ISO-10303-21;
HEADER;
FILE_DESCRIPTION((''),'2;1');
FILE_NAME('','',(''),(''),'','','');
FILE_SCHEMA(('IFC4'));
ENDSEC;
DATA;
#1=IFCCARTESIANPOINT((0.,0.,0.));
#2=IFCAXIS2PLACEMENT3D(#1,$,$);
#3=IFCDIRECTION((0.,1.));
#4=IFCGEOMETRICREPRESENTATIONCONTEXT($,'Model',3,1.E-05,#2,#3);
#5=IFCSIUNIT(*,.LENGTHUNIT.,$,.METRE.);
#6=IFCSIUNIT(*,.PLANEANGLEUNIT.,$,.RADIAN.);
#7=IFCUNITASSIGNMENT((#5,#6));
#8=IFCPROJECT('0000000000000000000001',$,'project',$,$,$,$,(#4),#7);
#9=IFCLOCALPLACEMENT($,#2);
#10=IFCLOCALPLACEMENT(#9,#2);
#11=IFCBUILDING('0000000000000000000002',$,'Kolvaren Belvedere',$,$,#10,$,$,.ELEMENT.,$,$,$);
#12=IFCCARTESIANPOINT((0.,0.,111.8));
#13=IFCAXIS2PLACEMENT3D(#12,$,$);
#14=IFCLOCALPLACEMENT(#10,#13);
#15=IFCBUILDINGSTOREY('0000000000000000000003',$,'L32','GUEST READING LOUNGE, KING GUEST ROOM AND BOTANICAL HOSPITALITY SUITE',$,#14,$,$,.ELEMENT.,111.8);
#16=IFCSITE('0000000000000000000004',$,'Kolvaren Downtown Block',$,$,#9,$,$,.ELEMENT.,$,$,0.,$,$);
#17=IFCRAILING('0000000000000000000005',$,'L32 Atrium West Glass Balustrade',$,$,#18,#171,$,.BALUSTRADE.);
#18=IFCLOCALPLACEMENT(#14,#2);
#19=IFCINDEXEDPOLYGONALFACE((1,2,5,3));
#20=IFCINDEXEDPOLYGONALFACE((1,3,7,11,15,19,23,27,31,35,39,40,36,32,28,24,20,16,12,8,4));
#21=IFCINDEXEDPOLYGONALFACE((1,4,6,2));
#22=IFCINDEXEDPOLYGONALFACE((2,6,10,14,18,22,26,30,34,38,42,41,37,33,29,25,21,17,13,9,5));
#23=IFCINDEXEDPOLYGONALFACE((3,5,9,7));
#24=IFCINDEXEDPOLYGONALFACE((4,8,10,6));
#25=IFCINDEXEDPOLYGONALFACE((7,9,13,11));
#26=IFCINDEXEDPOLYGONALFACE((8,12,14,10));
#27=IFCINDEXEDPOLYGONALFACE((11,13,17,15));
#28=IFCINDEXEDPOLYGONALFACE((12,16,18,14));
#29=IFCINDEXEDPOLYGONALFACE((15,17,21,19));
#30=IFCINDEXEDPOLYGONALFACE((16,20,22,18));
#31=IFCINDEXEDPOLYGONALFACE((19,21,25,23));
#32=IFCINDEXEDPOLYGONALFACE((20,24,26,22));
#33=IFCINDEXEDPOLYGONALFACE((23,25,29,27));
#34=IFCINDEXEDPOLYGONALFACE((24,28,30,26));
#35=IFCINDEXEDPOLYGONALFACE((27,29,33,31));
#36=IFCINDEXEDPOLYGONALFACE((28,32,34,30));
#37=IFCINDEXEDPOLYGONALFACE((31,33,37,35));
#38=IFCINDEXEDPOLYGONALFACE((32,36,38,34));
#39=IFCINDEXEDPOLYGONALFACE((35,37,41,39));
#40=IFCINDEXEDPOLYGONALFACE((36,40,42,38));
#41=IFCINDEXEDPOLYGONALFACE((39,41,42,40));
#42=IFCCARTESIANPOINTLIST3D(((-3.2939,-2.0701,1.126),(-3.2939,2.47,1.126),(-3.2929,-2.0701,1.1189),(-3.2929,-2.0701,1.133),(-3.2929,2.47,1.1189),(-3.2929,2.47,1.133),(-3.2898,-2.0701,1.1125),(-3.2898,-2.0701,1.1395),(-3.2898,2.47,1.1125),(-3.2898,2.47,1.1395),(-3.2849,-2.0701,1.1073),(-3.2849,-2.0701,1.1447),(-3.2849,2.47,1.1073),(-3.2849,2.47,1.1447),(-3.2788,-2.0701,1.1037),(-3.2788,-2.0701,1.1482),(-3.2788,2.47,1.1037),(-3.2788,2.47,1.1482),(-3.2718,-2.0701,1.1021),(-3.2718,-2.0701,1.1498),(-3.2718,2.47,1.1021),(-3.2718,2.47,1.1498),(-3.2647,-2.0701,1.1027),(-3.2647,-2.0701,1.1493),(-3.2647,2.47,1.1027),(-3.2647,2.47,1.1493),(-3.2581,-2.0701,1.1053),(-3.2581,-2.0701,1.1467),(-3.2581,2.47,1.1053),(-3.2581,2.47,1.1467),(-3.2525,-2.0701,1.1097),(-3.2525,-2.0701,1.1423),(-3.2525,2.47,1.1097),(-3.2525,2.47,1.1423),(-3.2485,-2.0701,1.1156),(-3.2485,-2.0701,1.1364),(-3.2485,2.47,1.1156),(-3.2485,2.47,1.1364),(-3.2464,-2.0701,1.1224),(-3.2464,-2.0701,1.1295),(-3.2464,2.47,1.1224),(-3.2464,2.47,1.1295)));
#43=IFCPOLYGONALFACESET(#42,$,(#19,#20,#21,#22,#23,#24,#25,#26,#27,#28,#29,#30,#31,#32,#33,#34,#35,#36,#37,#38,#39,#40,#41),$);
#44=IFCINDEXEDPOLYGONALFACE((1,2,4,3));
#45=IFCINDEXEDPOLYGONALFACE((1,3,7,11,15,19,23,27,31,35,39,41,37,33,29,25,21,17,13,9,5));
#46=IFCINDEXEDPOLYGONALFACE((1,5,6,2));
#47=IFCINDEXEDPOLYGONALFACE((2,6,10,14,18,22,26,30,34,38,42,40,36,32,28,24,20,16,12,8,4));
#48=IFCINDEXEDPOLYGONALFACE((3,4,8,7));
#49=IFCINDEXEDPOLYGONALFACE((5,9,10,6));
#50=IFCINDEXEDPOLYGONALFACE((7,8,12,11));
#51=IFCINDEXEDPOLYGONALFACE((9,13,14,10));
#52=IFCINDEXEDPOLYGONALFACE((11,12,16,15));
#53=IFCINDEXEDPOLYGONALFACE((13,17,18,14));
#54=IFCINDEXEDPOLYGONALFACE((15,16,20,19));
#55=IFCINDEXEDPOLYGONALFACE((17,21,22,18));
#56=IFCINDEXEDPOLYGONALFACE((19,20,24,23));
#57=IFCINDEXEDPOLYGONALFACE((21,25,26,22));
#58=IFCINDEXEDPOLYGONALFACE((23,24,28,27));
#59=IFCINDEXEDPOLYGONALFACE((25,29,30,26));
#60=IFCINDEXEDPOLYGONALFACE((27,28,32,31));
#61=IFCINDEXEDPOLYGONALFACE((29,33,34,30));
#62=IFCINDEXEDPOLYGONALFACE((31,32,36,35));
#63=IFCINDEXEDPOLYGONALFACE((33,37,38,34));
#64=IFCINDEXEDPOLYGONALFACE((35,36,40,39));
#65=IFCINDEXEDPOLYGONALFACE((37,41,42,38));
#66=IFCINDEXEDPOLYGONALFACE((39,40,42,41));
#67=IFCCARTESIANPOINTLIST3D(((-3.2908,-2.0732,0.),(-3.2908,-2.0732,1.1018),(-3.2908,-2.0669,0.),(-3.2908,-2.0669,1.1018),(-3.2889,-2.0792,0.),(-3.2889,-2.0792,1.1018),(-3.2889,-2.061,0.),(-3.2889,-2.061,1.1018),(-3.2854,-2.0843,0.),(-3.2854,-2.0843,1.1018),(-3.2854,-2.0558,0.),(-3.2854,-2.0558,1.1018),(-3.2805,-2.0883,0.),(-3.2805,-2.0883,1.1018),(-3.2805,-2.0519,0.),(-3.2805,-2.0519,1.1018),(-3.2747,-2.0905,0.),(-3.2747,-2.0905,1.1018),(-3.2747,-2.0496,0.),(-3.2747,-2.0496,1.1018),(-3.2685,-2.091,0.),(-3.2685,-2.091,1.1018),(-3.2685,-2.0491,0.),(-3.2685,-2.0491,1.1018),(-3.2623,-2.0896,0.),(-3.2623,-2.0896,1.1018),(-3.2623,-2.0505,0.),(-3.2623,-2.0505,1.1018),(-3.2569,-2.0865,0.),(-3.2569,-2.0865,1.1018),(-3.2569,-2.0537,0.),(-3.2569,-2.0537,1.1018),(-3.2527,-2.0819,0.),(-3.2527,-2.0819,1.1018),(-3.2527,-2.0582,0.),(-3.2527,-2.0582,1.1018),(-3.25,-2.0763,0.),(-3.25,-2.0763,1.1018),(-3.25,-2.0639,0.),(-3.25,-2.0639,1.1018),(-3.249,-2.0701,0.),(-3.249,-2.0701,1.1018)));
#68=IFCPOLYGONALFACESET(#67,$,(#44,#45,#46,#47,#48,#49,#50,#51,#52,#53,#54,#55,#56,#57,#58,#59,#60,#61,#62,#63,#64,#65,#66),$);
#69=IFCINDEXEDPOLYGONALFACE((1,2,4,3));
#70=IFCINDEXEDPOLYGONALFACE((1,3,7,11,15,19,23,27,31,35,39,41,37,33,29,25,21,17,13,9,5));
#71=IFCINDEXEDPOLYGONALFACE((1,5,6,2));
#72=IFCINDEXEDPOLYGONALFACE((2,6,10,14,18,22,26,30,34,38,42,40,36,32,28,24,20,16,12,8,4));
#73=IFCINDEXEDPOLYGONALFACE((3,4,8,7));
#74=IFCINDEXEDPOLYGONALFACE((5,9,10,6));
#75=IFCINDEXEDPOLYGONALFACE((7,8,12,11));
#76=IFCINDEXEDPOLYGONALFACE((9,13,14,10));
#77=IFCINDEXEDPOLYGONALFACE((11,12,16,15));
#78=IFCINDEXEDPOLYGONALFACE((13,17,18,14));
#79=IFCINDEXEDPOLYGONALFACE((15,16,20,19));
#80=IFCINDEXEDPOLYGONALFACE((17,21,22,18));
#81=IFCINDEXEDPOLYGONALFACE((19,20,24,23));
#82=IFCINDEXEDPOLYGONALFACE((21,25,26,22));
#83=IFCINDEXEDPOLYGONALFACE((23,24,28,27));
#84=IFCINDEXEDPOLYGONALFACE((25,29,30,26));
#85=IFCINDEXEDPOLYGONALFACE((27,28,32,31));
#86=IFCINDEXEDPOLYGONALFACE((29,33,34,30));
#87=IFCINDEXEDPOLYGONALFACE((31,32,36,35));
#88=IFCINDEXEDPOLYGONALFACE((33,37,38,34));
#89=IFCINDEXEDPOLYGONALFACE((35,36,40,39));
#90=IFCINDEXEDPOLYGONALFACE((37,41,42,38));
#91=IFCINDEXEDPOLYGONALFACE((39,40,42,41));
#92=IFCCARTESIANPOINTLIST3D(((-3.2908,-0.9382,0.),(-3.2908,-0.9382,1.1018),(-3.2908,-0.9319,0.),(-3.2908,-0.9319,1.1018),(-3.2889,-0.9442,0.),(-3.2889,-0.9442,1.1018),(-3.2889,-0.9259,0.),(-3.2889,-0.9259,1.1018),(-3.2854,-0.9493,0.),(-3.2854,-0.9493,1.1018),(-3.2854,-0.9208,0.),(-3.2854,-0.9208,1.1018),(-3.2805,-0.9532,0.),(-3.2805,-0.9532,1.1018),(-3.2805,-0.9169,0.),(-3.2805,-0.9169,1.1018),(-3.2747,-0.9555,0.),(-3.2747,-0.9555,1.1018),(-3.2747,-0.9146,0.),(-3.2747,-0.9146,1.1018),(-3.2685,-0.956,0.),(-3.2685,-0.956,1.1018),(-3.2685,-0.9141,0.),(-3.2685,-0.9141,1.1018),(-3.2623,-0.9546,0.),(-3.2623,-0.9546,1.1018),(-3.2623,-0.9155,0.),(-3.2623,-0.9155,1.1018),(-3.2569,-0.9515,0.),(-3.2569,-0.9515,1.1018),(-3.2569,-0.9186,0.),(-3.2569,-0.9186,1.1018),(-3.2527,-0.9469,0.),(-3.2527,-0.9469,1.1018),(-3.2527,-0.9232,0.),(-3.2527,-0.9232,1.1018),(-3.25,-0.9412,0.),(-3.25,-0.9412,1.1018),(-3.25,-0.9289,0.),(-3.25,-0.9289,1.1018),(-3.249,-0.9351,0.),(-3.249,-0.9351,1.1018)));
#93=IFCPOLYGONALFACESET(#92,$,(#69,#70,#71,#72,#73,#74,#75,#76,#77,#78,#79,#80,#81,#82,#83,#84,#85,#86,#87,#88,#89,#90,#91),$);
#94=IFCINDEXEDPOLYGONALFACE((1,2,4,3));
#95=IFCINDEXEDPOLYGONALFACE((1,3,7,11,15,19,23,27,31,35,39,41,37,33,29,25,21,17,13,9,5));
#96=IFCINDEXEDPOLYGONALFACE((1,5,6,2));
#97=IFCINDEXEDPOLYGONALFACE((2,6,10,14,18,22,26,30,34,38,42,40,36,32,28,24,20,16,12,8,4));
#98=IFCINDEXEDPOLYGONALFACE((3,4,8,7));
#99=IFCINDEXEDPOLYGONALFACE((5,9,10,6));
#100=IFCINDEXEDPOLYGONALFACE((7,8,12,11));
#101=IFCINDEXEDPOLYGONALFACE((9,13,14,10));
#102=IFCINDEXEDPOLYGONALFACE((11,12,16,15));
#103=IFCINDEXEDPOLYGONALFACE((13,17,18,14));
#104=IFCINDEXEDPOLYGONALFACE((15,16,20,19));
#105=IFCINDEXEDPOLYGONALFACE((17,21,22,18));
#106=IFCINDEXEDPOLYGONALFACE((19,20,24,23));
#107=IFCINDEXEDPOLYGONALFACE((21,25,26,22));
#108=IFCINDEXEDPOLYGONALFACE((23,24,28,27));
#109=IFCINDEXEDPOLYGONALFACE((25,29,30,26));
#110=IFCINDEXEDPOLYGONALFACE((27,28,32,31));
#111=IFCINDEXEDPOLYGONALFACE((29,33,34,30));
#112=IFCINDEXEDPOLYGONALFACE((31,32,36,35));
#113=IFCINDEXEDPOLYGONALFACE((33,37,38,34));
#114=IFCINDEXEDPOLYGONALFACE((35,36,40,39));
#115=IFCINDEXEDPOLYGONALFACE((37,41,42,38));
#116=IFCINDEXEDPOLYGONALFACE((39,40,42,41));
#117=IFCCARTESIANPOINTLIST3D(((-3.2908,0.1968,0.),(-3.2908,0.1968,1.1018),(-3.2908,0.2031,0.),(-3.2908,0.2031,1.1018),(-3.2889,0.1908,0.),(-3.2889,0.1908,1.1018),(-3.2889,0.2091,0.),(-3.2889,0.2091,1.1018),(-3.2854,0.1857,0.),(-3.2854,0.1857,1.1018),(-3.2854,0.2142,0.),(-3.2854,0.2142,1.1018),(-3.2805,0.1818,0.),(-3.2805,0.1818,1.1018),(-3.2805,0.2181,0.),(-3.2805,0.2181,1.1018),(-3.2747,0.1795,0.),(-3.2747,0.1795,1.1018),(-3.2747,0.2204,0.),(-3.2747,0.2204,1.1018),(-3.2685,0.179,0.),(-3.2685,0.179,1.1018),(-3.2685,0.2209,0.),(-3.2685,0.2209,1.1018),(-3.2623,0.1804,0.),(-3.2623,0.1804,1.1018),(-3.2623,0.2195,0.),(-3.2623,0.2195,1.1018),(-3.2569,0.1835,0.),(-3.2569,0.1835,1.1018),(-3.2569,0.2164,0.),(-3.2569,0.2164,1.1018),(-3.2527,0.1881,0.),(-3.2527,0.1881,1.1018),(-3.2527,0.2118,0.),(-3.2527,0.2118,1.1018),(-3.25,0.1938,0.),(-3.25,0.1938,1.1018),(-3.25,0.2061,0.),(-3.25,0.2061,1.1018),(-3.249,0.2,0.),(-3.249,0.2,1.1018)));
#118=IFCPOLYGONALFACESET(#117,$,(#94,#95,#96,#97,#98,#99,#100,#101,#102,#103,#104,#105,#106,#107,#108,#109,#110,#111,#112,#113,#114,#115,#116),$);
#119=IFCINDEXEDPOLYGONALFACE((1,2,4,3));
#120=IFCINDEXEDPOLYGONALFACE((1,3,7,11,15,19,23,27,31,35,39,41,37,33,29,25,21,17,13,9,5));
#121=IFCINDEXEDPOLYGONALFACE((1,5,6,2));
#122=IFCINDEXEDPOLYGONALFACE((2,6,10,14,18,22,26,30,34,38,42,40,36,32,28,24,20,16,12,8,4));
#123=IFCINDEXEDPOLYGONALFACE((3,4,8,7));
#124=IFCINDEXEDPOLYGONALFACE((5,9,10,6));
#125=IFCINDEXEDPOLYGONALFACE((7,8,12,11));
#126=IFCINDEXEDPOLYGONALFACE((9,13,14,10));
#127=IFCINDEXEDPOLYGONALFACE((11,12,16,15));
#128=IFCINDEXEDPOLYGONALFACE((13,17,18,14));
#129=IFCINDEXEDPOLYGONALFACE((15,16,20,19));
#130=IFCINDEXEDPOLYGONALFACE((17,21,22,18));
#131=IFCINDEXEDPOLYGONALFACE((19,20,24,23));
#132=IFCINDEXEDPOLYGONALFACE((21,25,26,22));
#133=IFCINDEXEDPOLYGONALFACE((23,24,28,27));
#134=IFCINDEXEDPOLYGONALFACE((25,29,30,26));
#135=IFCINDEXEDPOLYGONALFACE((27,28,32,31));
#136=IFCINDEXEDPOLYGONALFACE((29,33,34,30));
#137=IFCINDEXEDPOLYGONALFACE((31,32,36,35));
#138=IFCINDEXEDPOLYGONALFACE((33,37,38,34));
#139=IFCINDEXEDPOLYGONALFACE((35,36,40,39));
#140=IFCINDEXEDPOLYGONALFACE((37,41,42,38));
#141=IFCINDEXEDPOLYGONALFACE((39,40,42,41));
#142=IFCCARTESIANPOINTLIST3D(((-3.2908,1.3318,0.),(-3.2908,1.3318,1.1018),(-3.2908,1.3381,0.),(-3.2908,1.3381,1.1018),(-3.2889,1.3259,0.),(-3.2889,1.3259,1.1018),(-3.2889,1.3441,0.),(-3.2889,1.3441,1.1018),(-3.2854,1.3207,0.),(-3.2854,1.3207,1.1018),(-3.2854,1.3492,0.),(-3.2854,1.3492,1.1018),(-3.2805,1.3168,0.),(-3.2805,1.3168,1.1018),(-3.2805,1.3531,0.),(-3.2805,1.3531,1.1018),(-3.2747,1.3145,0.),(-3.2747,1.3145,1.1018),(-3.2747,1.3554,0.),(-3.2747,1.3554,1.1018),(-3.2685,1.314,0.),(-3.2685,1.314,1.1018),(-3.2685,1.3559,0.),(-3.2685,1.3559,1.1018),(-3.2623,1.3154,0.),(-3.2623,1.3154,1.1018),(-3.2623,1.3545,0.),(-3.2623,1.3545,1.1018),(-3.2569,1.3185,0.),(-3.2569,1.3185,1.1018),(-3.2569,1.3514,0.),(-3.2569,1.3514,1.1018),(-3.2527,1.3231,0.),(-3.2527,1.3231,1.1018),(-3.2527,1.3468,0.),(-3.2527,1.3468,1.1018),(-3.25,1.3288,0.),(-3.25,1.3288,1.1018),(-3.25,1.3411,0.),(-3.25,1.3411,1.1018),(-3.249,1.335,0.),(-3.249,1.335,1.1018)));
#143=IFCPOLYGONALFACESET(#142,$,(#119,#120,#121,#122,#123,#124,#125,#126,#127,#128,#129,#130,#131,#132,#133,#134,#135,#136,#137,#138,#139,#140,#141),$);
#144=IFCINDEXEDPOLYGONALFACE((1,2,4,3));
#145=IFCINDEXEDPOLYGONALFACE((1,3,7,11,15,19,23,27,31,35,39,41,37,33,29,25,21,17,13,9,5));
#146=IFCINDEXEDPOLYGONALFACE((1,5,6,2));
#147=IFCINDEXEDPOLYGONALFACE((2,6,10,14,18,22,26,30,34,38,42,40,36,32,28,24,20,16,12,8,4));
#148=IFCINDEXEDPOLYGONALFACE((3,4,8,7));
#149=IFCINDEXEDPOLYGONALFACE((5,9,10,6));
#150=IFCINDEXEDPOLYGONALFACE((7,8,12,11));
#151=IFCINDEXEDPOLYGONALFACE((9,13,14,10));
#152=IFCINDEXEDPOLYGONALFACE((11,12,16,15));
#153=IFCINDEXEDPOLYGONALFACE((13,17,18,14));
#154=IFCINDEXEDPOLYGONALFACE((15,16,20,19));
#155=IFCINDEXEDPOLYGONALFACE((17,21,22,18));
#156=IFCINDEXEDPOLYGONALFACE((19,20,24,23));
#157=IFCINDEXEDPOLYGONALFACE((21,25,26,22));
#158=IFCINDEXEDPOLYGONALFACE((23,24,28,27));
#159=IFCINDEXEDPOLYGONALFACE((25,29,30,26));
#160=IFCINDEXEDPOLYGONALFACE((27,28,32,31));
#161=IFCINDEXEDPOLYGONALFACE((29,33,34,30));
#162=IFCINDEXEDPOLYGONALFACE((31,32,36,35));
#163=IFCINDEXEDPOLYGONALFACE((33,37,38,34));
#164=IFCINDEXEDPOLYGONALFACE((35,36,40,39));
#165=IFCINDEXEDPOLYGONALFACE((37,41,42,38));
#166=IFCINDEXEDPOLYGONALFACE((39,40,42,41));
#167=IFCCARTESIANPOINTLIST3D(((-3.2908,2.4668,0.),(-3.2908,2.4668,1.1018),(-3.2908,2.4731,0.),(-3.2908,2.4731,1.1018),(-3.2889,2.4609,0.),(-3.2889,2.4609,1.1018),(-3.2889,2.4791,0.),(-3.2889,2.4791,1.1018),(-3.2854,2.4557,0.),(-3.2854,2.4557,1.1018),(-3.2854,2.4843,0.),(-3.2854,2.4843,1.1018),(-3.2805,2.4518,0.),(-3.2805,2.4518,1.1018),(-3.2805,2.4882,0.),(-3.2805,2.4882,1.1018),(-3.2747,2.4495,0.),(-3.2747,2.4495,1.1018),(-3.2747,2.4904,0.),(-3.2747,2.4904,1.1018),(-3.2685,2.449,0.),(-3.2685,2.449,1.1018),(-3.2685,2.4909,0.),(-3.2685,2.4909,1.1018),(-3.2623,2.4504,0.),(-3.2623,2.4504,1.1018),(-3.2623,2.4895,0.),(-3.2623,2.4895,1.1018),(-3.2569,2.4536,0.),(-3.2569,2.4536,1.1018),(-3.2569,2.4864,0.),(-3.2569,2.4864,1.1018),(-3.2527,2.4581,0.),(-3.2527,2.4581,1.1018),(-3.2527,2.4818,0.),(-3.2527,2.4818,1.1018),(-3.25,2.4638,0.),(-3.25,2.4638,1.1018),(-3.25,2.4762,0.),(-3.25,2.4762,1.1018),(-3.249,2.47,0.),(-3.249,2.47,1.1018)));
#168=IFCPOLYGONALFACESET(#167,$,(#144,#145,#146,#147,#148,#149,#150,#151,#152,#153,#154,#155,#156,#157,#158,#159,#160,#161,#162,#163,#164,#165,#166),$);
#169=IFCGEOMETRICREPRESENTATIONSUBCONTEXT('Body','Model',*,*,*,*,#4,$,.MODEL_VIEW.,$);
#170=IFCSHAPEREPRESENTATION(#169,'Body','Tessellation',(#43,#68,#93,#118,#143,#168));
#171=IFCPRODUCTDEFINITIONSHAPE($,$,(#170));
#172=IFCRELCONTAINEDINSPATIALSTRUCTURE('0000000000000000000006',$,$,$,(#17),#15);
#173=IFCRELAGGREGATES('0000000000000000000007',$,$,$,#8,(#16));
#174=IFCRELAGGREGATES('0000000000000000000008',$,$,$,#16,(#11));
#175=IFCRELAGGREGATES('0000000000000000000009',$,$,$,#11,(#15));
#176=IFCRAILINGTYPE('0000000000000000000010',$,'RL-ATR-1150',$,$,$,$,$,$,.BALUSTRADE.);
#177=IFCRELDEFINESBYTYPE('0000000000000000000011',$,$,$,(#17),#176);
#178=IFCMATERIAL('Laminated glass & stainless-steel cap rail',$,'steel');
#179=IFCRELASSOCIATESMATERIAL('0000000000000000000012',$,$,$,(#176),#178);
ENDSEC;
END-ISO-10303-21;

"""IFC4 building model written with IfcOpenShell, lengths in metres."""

from ifc_helpers import new_model, si_unit, direction, frame, origin, origin_2d, place, context, subcontext, project, spatial, circle, extrude, material, type_object, element, save


model = new_model("IFC4")

# Units and contexts
model_context = context("Model", 3, precision=1e-05, world=origin(), true_north=direction((0.0, 1.0)))
body_context = subcontext(model_context, "Body", "Model", "MODEL_VIEW")
ifc_project = project(units=[si_unit("LENGTHUNIT", "METRE"), si_unit("PLANEANGLEUNIT", "RADIAN")], contexts=[model_context])

# Site, building, storey
site_placement = place(None, origin())
site = spatial("IfcSite", under=ifc_project, at=site_placement, Name="Kolvaren Downtown Block", CompositionType="ELEMENT", RefElevation=0.0)
building_placement = place(site_placement, origin())
building = spatial("IfcBuilding", under=site, at=building_placement, Name="Kolvaren Belvedere", CompositionType="ELEMENT")
storey_placement = place(building_placement, frame((0.0, 0.0, 111.8)))
storey = spatial("IfcBuildingStorey", under=building, at=storey_placement, Name="L32", Description="GUEST READING LOUNGE, KING GUEST ROOM AND BOTANICAL HOSPITALITY SUITE", CompositionType="ELEMENT", Elevation=111.8)

# Railing
ifc_material_1 = material(Name="Laminated glass & stainless-steel cap rail", Category="steel")
railing_type_1 = type_object("IfcRailingType", Name="RL-ATR-1150", PredefinedType="BALUSTRADE", material=ifc_material_1)
railing_1_placement = place(storey_placement, frame((-3.27, -2.0701, 0.0)))
element("IfcRailing", 1, at=railing_1_placement, inside=storey, type_object=railing_type_1, Name="L32 Atrium West Glass Balustrade", PredefinedType="BALUSTRADE", context=body_context, shape_type="SweptSolid", body=[
    extrude(circle(Radius=0.0239, at=origin_2d()), frame((0.0, 0.0, 1.126), z_axis=(0.0, 1.0, 0.0), x_axis=(-1.0, 0.0, 0.0)), (0.0, 0.0, 1.0), 4.54),
    extrude(circle(Radius=0.021, at=origin_2d()), origin(), (0.0, 0.0, 1.0), 1.1018),
    extrude(circle(Radius=0.021, at=origin_2d()), frame((0.0, 1.135, 0.0)), (0.0, 0.0, 1.0), 1.1018),
    extrude(circle(Radius=0.021, at=origin_2d()), frame((0.0, 2.27, 0.0)), (0.0, 0.0, 1.0), 1.1018),
    extrude(circle(Radius=0.021, at=origin_2d()), frame((0.0, 3.405, 0.0)), (0.0, 0.0, 1.0), 1.1018),
    extrude(circle(Radius=0.021, at=origin_2d()), frame((0.0, 4.54, 0.0)), (0.0, 0.0, 1.0), 1.1018),
])

save(model, "model.ifc")
